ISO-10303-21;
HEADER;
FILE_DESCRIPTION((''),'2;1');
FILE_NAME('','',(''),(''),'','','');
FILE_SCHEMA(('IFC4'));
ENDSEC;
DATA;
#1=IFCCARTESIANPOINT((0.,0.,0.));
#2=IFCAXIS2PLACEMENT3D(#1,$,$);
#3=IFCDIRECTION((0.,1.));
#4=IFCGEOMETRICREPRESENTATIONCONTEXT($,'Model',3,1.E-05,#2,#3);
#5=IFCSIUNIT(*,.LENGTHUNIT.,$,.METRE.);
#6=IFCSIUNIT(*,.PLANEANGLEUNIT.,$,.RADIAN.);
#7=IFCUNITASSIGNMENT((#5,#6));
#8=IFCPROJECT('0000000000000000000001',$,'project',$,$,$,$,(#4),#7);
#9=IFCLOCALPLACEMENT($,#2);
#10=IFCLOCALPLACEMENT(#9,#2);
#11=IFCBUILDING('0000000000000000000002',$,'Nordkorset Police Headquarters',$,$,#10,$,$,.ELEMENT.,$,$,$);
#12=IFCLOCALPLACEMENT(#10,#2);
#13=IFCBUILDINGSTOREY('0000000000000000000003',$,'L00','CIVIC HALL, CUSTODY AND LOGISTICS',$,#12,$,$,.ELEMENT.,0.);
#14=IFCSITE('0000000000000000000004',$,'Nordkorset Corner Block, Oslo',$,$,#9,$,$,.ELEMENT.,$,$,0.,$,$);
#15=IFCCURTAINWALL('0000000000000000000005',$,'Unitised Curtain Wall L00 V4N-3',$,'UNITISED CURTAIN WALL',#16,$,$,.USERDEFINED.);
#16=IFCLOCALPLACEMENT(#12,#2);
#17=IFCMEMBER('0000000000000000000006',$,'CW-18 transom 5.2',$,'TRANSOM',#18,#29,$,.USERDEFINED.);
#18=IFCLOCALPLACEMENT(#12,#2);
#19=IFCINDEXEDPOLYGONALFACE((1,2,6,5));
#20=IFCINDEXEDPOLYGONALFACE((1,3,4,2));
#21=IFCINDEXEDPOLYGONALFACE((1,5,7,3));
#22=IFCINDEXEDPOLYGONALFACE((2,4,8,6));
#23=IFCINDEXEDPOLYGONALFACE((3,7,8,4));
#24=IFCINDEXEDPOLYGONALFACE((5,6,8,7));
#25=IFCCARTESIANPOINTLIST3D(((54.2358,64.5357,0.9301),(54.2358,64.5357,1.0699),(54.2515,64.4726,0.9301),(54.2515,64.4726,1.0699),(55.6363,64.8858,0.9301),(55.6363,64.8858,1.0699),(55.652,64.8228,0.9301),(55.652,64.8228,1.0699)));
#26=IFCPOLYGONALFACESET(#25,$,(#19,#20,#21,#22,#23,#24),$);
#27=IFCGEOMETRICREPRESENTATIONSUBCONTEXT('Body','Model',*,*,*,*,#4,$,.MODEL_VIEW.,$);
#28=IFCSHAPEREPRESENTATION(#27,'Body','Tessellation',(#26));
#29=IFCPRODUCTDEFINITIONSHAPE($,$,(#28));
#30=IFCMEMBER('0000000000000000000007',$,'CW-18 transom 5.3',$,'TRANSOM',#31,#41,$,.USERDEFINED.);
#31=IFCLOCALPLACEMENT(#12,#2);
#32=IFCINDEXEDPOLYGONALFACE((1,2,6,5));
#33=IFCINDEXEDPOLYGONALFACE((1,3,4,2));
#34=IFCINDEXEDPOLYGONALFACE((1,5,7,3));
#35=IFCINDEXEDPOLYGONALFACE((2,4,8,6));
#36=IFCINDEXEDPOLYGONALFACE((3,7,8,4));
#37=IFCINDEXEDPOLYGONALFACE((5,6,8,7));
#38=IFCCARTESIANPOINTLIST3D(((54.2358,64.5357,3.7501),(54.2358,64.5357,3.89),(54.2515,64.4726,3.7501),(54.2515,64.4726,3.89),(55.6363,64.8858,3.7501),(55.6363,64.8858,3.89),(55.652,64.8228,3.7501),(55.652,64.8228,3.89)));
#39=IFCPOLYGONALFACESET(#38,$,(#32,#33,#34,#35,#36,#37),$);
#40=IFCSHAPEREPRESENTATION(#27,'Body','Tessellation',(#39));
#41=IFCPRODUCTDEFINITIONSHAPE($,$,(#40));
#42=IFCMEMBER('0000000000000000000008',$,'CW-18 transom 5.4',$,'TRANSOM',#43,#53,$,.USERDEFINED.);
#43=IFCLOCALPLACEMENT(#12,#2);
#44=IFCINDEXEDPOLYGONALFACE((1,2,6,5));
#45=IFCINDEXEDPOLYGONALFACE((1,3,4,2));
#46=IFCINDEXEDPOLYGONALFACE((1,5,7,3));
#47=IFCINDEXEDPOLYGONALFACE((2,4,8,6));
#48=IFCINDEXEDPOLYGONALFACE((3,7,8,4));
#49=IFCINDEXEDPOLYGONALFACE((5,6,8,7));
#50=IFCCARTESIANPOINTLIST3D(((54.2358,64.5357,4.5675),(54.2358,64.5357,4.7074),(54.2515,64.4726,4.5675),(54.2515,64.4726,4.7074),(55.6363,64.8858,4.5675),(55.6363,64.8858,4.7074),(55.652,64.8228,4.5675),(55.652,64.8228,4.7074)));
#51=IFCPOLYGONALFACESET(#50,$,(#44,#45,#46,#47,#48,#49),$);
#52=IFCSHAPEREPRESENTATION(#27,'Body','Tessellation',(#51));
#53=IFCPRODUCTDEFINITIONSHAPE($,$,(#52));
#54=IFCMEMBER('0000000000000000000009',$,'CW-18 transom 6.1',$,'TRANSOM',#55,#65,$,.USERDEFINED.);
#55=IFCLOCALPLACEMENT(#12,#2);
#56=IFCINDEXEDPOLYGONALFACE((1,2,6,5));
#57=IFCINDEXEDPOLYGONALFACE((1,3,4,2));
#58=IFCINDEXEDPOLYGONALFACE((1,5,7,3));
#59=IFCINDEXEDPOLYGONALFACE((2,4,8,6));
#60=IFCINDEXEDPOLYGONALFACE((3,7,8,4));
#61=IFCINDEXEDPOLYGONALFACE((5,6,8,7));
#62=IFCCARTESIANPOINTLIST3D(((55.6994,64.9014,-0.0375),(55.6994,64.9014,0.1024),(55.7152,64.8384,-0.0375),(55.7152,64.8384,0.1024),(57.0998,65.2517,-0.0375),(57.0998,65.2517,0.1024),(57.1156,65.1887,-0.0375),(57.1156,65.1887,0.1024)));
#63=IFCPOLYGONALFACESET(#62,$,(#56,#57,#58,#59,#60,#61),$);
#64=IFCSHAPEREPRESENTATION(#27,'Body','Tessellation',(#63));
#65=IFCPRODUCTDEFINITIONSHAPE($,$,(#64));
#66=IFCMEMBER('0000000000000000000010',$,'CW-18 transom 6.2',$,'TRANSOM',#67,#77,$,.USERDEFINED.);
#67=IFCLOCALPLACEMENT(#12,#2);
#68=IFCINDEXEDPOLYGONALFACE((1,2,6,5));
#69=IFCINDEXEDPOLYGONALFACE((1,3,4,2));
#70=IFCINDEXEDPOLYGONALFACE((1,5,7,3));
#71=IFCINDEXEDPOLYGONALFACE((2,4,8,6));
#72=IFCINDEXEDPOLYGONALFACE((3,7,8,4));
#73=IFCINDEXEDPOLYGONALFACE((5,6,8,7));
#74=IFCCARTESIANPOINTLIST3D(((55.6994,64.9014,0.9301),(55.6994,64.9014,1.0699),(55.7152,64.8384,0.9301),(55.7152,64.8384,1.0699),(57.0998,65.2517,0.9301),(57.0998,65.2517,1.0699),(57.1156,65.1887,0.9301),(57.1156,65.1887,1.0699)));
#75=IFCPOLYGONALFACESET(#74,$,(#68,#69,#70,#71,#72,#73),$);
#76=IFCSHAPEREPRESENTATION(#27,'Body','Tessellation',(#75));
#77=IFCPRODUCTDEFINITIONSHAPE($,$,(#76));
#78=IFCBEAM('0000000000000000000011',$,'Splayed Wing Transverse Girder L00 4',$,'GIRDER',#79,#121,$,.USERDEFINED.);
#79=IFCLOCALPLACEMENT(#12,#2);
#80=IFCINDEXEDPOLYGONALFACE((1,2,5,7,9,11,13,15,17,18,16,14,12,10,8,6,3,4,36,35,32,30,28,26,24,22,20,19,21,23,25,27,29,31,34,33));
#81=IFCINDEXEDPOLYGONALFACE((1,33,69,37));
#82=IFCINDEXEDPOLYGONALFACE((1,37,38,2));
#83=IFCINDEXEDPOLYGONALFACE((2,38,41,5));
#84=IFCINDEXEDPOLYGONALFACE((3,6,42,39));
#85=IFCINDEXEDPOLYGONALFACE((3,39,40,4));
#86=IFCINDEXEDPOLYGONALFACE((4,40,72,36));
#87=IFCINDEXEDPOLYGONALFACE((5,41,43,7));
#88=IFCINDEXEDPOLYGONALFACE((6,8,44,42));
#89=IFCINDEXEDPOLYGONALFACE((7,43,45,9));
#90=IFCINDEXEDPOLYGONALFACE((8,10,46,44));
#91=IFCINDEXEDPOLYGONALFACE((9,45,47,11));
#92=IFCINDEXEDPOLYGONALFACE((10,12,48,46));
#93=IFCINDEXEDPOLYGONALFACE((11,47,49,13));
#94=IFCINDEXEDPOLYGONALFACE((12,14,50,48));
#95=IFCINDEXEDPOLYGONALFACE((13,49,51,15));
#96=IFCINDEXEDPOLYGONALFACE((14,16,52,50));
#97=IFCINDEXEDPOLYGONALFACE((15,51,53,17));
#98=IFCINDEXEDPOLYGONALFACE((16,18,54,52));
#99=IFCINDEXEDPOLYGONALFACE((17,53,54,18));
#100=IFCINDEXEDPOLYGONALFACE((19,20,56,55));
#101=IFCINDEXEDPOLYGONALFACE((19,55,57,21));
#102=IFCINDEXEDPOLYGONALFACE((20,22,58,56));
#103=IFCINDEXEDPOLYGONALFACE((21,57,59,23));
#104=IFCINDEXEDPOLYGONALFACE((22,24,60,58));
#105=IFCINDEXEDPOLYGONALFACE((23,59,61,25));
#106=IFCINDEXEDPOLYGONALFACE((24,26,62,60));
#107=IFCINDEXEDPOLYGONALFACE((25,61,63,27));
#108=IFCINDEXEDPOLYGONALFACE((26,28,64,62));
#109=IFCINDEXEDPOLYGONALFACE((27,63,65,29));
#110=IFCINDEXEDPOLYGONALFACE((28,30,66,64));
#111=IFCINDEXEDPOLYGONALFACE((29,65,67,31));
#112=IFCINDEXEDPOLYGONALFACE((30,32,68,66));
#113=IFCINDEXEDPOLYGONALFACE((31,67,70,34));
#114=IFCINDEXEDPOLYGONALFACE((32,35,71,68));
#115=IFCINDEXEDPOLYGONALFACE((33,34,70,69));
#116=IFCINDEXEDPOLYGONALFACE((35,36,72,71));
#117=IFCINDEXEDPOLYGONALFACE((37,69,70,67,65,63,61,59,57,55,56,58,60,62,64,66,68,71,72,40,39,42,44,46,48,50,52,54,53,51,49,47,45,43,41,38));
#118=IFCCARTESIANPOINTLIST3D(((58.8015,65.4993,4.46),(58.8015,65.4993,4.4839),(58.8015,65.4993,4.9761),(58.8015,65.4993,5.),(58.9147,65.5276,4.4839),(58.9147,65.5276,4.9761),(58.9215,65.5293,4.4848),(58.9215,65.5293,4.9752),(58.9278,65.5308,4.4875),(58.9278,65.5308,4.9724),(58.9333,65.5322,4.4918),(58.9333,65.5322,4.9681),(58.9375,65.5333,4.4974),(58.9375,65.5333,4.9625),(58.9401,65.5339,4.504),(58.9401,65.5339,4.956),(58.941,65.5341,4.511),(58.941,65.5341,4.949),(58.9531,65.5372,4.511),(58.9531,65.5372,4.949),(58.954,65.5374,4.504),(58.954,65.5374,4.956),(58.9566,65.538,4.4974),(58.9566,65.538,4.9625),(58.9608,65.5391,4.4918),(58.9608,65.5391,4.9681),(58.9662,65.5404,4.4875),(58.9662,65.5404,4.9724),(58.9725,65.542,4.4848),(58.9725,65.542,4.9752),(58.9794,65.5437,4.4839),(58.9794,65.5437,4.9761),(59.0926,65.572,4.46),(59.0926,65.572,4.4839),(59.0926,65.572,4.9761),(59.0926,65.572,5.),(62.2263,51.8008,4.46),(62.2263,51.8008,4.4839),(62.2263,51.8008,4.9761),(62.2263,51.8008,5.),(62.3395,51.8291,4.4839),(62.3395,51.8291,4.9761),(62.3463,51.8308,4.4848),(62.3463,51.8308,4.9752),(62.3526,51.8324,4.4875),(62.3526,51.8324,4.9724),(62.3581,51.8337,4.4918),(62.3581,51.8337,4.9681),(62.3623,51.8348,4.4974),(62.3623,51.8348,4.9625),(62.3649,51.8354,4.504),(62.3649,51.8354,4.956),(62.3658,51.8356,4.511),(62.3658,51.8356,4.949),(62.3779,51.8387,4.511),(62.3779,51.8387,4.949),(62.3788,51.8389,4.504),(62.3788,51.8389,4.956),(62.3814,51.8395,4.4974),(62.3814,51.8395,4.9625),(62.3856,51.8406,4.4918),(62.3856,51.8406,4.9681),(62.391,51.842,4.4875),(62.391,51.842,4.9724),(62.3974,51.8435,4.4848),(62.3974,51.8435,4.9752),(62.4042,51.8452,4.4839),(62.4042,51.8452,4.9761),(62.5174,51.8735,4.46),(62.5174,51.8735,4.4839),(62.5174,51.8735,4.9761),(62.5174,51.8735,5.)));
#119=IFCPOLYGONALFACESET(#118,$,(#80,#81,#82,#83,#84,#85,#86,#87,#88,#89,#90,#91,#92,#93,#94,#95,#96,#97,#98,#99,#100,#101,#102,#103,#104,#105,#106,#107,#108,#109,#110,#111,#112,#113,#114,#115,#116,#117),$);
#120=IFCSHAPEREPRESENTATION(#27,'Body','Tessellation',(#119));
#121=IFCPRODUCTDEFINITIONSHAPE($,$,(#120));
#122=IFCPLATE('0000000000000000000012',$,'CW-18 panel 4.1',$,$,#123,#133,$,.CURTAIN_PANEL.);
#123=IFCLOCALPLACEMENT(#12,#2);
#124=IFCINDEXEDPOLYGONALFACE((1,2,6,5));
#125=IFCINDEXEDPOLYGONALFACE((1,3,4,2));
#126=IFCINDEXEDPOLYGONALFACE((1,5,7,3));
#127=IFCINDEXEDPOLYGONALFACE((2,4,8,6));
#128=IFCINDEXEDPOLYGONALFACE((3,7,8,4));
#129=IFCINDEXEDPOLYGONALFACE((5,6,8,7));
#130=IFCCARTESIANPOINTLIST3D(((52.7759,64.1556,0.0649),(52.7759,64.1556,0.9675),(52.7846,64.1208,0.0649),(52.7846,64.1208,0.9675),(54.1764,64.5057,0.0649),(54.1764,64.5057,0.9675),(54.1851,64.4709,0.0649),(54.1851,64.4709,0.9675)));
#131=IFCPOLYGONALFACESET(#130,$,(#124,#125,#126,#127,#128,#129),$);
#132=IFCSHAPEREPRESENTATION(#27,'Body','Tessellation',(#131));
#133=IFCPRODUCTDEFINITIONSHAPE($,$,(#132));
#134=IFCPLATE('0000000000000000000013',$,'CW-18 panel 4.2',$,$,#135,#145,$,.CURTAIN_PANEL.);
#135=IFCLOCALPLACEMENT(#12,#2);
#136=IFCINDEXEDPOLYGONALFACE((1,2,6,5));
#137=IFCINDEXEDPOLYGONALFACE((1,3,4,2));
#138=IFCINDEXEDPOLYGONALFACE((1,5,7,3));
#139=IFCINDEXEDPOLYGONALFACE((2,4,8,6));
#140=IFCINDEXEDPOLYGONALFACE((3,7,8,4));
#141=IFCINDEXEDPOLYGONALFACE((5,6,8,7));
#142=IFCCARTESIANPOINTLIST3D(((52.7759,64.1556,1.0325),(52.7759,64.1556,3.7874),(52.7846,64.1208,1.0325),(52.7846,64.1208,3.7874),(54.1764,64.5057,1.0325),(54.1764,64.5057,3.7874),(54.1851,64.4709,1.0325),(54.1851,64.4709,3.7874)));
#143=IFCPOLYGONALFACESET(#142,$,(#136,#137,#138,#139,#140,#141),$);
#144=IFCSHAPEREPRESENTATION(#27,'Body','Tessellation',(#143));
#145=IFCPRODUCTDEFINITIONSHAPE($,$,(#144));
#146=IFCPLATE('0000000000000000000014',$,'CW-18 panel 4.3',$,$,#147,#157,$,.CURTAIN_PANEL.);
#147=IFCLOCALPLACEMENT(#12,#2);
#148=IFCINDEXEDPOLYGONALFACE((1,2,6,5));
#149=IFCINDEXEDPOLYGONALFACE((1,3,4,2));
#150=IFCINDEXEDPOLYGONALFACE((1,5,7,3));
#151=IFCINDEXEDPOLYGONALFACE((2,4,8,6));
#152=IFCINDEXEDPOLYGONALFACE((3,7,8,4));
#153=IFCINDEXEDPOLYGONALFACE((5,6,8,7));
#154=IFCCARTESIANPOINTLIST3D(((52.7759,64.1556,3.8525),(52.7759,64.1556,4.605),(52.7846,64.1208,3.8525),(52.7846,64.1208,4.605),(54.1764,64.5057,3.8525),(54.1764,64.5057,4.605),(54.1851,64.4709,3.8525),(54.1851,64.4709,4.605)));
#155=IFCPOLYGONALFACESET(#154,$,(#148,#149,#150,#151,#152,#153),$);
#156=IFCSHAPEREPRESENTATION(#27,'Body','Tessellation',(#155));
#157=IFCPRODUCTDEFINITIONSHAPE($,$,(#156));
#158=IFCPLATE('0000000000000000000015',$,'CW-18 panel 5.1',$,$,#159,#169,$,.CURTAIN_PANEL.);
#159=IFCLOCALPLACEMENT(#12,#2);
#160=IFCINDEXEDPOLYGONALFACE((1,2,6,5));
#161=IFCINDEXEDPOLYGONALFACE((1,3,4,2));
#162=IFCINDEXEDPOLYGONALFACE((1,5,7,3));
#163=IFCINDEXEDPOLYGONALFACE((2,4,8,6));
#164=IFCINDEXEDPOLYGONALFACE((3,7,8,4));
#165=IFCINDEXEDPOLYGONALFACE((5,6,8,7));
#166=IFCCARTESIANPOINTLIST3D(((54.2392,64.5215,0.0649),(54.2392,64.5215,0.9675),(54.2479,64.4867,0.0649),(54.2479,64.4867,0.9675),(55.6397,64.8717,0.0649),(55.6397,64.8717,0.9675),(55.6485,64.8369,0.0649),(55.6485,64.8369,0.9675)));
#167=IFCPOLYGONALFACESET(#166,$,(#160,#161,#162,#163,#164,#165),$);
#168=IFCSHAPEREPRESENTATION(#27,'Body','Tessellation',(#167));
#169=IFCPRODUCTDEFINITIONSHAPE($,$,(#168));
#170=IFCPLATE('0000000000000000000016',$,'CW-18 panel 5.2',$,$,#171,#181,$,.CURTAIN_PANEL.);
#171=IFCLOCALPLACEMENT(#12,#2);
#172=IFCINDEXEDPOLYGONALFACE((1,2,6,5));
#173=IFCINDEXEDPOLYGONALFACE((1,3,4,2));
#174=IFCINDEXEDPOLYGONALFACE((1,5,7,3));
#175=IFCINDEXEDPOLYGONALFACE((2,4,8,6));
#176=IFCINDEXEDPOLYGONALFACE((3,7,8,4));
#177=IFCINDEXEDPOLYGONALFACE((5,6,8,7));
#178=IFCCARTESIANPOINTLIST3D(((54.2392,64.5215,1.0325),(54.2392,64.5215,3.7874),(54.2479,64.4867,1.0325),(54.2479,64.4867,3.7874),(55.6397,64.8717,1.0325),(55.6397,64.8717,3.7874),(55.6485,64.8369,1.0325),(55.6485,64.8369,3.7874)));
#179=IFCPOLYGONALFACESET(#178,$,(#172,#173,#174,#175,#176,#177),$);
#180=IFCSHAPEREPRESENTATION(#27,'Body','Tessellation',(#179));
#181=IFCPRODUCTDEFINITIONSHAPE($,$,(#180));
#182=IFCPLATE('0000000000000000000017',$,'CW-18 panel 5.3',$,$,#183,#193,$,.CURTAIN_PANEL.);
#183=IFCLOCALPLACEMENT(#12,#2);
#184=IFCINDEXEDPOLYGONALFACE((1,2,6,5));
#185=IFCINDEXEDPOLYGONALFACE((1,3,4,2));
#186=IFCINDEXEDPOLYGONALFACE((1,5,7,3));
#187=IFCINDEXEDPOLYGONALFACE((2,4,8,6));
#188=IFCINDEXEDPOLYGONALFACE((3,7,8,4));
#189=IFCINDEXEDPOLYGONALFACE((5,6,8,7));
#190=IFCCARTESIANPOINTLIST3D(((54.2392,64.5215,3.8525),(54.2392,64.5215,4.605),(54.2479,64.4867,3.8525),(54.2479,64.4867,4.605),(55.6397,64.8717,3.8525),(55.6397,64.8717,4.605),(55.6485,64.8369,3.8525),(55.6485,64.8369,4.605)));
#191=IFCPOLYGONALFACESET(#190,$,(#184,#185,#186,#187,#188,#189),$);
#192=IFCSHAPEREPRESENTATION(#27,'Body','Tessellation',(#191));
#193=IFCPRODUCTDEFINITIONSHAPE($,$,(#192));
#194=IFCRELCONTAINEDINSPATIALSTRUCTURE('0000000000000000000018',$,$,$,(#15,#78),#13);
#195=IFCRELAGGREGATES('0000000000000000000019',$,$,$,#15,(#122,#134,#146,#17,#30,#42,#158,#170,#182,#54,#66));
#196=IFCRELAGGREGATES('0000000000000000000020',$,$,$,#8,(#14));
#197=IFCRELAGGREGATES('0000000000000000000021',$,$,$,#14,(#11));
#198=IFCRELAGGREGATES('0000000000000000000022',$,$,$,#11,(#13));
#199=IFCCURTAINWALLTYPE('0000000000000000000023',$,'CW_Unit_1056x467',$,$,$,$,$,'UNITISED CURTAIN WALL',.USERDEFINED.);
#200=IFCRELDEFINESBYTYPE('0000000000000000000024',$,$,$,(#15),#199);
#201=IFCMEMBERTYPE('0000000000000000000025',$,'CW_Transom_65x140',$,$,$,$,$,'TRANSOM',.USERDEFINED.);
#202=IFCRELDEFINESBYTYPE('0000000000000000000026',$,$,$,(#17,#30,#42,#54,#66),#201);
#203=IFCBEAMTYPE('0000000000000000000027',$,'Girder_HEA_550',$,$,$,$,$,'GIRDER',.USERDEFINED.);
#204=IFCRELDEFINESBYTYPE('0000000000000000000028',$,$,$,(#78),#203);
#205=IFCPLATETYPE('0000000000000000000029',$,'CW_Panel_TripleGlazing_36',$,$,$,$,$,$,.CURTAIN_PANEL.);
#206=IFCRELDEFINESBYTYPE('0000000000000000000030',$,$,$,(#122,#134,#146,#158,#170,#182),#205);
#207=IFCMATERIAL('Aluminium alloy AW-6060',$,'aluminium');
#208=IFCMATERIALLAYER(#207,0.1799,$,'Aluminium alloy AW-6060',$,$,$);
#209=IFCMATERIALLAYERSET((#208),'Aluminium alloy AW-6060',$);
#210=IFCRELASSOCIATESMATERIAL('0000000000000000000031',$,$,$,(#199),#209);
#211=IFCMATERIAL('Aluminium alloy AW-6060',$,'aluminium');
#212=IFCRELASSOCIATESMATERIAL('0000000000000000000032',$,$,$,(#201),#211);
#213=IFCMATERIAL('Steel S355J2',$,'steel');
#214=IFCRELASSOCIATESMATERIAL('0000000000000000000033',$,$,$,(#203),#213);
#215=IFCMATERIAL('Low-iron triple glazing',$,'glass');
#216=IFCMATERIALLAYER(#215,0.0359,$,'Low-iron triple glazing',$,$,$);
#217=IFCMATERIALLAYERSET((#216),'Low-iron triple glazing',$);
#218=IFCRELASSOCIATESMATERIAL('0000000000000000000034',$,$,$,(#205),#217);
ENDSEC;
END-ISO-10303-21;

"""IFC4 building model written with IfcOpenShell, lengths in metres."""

from ifc_helpers import new_model, si_unit, direction, frame, origin, origin_2d, place, context, subcontext, project, spatial, rectangle, i_section, extrude, material, layer, layer_set, material_profile, profile_set, type_object, element, aggregate, save


model = new_model("IFC4")

# Units and contexts
model_context = context("Model", 3, precision=1e-05, world=origin(), true_north=direction((0.0, 1.0)))
body_context = subcontext(model_context, "Body", "Model", "MODEL_VIEW")
ifc_project = project(units=[si_unit("LENGTHUNIT", "METRE"), si_unit("PLANEANGLEUNIT", "RADIAN")], contexts=[model_context])

# Site, building, storey
site_placement = place(None, origin())
site = spatial("IfcSite", under=ifc_project, at=site_placement, Name="Nordkorset Corner Block, Oslo", CompositionType="ELEMENT", RefElevation=0.0)
building_placement = place(site_placement, origin())
building = spatial("IfcBuilding", under=site, at=building_placement, Name="Nordkorset Police Headquarters", CompositionType="ELEMENT")
storey_placement = place(building_placement, origin())
storey = spatial("IfcBuildingStorey", under=building, at=storey_placement, Name="L00", Description="CIVIC HALL, CUSTODY AND LOGISTICS", CompositionType="ELEMENT", Elevation=0.0)

# Curtain wall, members
ifc_material_1 = material(Name="Aluminium alloy AW-6060", Category="aluminium")
ifc_layer_1 = layer(ifc_material_1, 0.1799, Name="Aluminium alloy AW-6060")
ifc_layer_set_1 = layer_set([ifc_layer_1], Name="Aluminium alloy AW-6060")
curtain_wall_type = type_object("IfcCurtainWallType", Name="CW_Unit_1056x467", ElementType="UNITISED CURTAIN WALL", PredefinedType="USERDEFINED", material=ifc_layer_set_1)
curtain_wall_placement = place(storey_placement, origin())
curtain_wall = element("IfcCurtainWall", 1, at=curtain_wall_placement, inside=storey, type_object=curtain_wall_type, Name="Unitised Curtain Wall L00 V4N-3", ObjectType="UNITISED CURTAIN WALL", PredefinedType="USERDEFINED")
ifc_material_2 = material(Name="Aluminium alloy AW-6060", Category="aluminium")
ifc_material_profile_1 = material_profile(ifc_material_2, rectangle(XDim=0.0649, YDim=0.1399, at=origin_2d()), Name="ALU TRAN 65x140")
ifc_profile_set_1 = profile_set([ifc_material_profile_1], Name="Aluminium alloy AW-6060")
member_type_1 = type_object("IfcMemberType", Name="CW_Transom_65x140", ElementType="TRANSOM", PredefinedType="USERDEFINED", material=ifc_profile_set_1)
member_1_placement = place(storey_placement, frame((54.2437, 64.5042, 1.0), z_axis=(0.970143, 0.242536, 0.0), x_axis=(-0.242536, 0.970143, 0.0)))
member_1 = element("IfcMember", 2, at=member_1_placement, type_object=member_type_1, Name="CW-18 transom 5.2", ObjectType="TRANSOM", PredefinedType="USERDEFINED", context=body_context, shape_type="SweptSolid", body=[
    extrude(rectangle(XDim=0.0649, YDim=0.1399, at=origin_2d()), origin(), (0.0, 0.0, 1.0), 1.4436),
])
member_2_placement = place(storey_placement, frame((54.2437, 64.5042, 3.8201), z_axis=(0.970143, 0.242536, 0.0), x_axis=(-0.242536, 0.970143, 0.0)))
member_2 = element("IfcMember", 3, at=member_2_placement, type_object=member_type_1, Name="CW-18 transom 5.3", ObjectType="TRANSOM", PredefinedType="USERDEFINED", context=body_context, shape_type="SweptSolid", body=[
    extrude(rectangle(XDim=0.0649, YDim=0.1399, at=origin_2d()), origin(), (0.0, 0.0, 1.0), 1.4436),
])
member_3_placement = place(storey_placement, frame((54.2437, 64.5042, 4.6375), z_axis=(0.970143, 0.242536, 0.0), x_axis=(-0.242536, 0.970143, 0.0)))
member_3 = element("IfcMember", 4, at=member_3_placement, type_object=member_type_1, Name="CW-18 transom 5.4", ObjectType="TRANSOM", PredefinedType="USERDEFINED", context=body_context, shape_type="SweptSolid", body=[
    extrude(rectangle(XDim=0.0649, YDim=0.1399, at=origin_2d()), origin(), (0.0, 0.0, 1.0), 1.4436),
])
member_4_placement = place(storey_placement, frame((55.7073, 64.8699, 0.0325), z_axis=(0.970103, 0.242695, 0.0), x_axis=(-0.242695, 0.970103, 0.0)))
member_4 = element("IfcMember", 5, at=member_4_placement, type_object=member_type_1, Name="CW-18 transom 6.1", ObjectType="TRANSOM", PredefinedType="USERDEFINED", context=body_context, shape_type="SweptSolid", body=[
    extrude(rectangle(XDim=0.0649, YDim=0.1399, at=origin_2d()), origin(), (0.0, 0.0, 1.0), 1.4436),
])
member_5_placement = place(storey_placement, frame((55.7073, 64.8699, 1.0), z_axis=(0.970103, 0.242695, 0.0), x_axis=(-0.242695, 0.970103, 0.0)))
member_5 = element("IfcMember", 6, at=member_5_placement, type_object=member_type_1, Name="CW-18 transom 6.2", ObjectType="TRANSOM", PredefinedType="USERDEFINED", context=body_context, shape_type="SweptSolid", body=[
    extrude(rectangle(XDim=0.0649, YDim=0.1399, at=origin_2d()), origin(), (0.0, 0.0, 1.0), 1.4436),
])

# Beam
ifc_material_3 = material(Name="Steel S355J2", Category="steel")
ifc_material_profile_2 = material_profile(ifc_material_3, i_section(OverallWidth=0.3, OverallDepth=0.54, WebThickness=0.0125, FlangeThickness=0.0239, FilletRadius=0.0271, at=origin_2d()), Name="HEA 550")
ifc_profile_set_2 = profile_set([ifc_material_profile_2], Name="Steel S355J2")
beam_type_1 = type_object("IfcBeamType", Name="Girder_HEA_550", ElementType="GIRDER", PredefinedType="USERDEFINED", material=ifc_profile_set_2)
beam_placement = place(storey_placement, frame((62.3718, 51.8372, 4.73), z_axis=(-0.242548, 0.970139, 0.0), x_axis=(-0.970139, -0.242548, 0.0)))
element("IfcBeam", 7, at=beam_placement, inside=storey, type_object=beam_type_1, Name="Splayed Wing Transverse Girder L00 4", ObjectType="GIRDER", PredefinedType="USERDEFINED", context=body_context, shape_type="SweptSolid", body=[
    extrude(i_section(OverallWidth=0.3, OverallDepth=0.54, WebThickness=0.0125, FlangeThickness=0.0239, FilletRadius=0.0271, at=origin_2d()), origin(), (0.0, 0.0, 1.0), 14.1201),
])

# Plates
ifc_material_4 = material(Name="Low-iron triple glazing", Category="glass")
ifc_layer_2 = layer(ifc_material_4, 0.0359, Name="Low-iron triple glazing")
ifc_layer_set_2 = layer_set([ifc_layer_2], Name="Low-iron triple glazing")
plate_type = type_object("IfcPlateType", Name="CW_Panel_TripleGlazing_36", PredefinedType="CURTAIN_PANEL", material=ifc_layer_set_2)
plate_1_placement = place(storey_placement, frame((53.4805, 64.3132, 0.0649), z_axis=(0.0, 0.0, 1.0), x_axis=(0.970142, 0.242536, 0.0)))
plate_1 = element("IfcPlate", 8, at=plate_1_placement, type_object=plate_type, Name="CW-18 panel 4.1", PredefinedType="CURTAIN_PANEL", context=body_context, shape_type="SweptSolid", body=[
    extrude(rectangle(XDim=1.4436, YDim=0.0359, at=origin_2d()), origin(), (0.0, 0.0, 1.0), 0.9026),
])
plate_2_placement = place(storey_placement, frame((53.4805, 64.3132, 1.0325), z_axis=(0.0, 0.0, 1.0), x_axis=(0.970142, 0.242536, 0.0)))
plate_2 = element("IfcPlate", 9, at=plate_2_placement, type_object=plate_type, Name="CW-18 panel 4.2", PredefinedType="CURTAIN_PANEL", context=body_context, shape_type="SweptSolid", body=[
    extrude(rectangle(XDim=1.4436, YDim=0.0359, at=origin_2d()), origin(), (0.0, 0.0, 1.0), 2.7549),
])
plate_3_placement = place(storey_placement, frame((53.4805, 64.3132, 3.8525), z_axis=(0.0, 0.0, 1.0), x_axis=(0.970142, 0.242536, 0.0)))
plate_3 = element("IfcPlate", 10, at=plate_3_placement, type_object=plate_type, Name="CW-18 panel 4.3", PredefinedType="CURTAIN_PANEL", context=body_context, shape_type="SweptSolid", body=[
    extrude(rectangle(XDim=1.4436, YDim=0.0359, at=origin_2d()), origin(), (0.0, 0.0, 1.0), 0.7524),
])
plate_4_placement = place(storey_placement, frame((54.9438, 64.6792, 0.0649), z_axis=(0.0, 0.0, 1.0), x_axis=(0.970142, 0.242536, 0.0)))
plate_4 = element("IfcPlate", 11, at=plate_4_placement, type_object=plate_type, Name="CW-18 panel 5.1", PredefinedType="CURTAIN_PANEL", context=body_context, shape_type="SweptSolid", body=[
    extrude(rectangle(XDim=1.4436, YDim=0.0359, at=origin_2d()), origin(), (0.0, 0.0, 1.0), 0.9026),
])
plate_5_placement = place(storey_placement, frame((54.9438, 64.6792, 1.0325), z_axis=(0.0, 0.0, 1.0), x_axis=(0.970142, 0.242536, 0.0)))
plate_5 = element("IfcPlate", 12, at=plate_5_placement, type_object=plate_type, Name="CW-18 panel 5.2", PredefinedType="CURTAIN_PANEL", context=body_context, shape_type="SweptSolid", body=[
    extrude(rectangle(XDim=1.4436, YDim=0.0359, at=origin_2d()), origin(), (0.0, 0.0, 1.0), 2.7549),
])
plate_6_placement = place(storey_placement, frame((54.9438, 64.6792, 3.8525), z_axis=(0.0, 0.0, 1.0), x_axis=(0.970142, 0.242536, 0.0)))
plate_6 = element("IfcPlate", 13, at=plate_6_placement, type_object=plate_type, Name="CW-18 panel 5.3", PredefinedType="CURTAIN_PANEL", context=body_context, shape_type="SweptSolid", body=[
    extrude(rectangle(XDim=1.4436, YDim=0.0359, at=origin_2d()), origin(), (0.0, 0.0, 1.0), 0.7524),
])
aggregate(curtain_wall, [plate_1, plate_2, plate_3, member_1, member_2, member_3, plate_4, plate_5, plate_6, member_4, member_5])

save(model, "model.ifc")
